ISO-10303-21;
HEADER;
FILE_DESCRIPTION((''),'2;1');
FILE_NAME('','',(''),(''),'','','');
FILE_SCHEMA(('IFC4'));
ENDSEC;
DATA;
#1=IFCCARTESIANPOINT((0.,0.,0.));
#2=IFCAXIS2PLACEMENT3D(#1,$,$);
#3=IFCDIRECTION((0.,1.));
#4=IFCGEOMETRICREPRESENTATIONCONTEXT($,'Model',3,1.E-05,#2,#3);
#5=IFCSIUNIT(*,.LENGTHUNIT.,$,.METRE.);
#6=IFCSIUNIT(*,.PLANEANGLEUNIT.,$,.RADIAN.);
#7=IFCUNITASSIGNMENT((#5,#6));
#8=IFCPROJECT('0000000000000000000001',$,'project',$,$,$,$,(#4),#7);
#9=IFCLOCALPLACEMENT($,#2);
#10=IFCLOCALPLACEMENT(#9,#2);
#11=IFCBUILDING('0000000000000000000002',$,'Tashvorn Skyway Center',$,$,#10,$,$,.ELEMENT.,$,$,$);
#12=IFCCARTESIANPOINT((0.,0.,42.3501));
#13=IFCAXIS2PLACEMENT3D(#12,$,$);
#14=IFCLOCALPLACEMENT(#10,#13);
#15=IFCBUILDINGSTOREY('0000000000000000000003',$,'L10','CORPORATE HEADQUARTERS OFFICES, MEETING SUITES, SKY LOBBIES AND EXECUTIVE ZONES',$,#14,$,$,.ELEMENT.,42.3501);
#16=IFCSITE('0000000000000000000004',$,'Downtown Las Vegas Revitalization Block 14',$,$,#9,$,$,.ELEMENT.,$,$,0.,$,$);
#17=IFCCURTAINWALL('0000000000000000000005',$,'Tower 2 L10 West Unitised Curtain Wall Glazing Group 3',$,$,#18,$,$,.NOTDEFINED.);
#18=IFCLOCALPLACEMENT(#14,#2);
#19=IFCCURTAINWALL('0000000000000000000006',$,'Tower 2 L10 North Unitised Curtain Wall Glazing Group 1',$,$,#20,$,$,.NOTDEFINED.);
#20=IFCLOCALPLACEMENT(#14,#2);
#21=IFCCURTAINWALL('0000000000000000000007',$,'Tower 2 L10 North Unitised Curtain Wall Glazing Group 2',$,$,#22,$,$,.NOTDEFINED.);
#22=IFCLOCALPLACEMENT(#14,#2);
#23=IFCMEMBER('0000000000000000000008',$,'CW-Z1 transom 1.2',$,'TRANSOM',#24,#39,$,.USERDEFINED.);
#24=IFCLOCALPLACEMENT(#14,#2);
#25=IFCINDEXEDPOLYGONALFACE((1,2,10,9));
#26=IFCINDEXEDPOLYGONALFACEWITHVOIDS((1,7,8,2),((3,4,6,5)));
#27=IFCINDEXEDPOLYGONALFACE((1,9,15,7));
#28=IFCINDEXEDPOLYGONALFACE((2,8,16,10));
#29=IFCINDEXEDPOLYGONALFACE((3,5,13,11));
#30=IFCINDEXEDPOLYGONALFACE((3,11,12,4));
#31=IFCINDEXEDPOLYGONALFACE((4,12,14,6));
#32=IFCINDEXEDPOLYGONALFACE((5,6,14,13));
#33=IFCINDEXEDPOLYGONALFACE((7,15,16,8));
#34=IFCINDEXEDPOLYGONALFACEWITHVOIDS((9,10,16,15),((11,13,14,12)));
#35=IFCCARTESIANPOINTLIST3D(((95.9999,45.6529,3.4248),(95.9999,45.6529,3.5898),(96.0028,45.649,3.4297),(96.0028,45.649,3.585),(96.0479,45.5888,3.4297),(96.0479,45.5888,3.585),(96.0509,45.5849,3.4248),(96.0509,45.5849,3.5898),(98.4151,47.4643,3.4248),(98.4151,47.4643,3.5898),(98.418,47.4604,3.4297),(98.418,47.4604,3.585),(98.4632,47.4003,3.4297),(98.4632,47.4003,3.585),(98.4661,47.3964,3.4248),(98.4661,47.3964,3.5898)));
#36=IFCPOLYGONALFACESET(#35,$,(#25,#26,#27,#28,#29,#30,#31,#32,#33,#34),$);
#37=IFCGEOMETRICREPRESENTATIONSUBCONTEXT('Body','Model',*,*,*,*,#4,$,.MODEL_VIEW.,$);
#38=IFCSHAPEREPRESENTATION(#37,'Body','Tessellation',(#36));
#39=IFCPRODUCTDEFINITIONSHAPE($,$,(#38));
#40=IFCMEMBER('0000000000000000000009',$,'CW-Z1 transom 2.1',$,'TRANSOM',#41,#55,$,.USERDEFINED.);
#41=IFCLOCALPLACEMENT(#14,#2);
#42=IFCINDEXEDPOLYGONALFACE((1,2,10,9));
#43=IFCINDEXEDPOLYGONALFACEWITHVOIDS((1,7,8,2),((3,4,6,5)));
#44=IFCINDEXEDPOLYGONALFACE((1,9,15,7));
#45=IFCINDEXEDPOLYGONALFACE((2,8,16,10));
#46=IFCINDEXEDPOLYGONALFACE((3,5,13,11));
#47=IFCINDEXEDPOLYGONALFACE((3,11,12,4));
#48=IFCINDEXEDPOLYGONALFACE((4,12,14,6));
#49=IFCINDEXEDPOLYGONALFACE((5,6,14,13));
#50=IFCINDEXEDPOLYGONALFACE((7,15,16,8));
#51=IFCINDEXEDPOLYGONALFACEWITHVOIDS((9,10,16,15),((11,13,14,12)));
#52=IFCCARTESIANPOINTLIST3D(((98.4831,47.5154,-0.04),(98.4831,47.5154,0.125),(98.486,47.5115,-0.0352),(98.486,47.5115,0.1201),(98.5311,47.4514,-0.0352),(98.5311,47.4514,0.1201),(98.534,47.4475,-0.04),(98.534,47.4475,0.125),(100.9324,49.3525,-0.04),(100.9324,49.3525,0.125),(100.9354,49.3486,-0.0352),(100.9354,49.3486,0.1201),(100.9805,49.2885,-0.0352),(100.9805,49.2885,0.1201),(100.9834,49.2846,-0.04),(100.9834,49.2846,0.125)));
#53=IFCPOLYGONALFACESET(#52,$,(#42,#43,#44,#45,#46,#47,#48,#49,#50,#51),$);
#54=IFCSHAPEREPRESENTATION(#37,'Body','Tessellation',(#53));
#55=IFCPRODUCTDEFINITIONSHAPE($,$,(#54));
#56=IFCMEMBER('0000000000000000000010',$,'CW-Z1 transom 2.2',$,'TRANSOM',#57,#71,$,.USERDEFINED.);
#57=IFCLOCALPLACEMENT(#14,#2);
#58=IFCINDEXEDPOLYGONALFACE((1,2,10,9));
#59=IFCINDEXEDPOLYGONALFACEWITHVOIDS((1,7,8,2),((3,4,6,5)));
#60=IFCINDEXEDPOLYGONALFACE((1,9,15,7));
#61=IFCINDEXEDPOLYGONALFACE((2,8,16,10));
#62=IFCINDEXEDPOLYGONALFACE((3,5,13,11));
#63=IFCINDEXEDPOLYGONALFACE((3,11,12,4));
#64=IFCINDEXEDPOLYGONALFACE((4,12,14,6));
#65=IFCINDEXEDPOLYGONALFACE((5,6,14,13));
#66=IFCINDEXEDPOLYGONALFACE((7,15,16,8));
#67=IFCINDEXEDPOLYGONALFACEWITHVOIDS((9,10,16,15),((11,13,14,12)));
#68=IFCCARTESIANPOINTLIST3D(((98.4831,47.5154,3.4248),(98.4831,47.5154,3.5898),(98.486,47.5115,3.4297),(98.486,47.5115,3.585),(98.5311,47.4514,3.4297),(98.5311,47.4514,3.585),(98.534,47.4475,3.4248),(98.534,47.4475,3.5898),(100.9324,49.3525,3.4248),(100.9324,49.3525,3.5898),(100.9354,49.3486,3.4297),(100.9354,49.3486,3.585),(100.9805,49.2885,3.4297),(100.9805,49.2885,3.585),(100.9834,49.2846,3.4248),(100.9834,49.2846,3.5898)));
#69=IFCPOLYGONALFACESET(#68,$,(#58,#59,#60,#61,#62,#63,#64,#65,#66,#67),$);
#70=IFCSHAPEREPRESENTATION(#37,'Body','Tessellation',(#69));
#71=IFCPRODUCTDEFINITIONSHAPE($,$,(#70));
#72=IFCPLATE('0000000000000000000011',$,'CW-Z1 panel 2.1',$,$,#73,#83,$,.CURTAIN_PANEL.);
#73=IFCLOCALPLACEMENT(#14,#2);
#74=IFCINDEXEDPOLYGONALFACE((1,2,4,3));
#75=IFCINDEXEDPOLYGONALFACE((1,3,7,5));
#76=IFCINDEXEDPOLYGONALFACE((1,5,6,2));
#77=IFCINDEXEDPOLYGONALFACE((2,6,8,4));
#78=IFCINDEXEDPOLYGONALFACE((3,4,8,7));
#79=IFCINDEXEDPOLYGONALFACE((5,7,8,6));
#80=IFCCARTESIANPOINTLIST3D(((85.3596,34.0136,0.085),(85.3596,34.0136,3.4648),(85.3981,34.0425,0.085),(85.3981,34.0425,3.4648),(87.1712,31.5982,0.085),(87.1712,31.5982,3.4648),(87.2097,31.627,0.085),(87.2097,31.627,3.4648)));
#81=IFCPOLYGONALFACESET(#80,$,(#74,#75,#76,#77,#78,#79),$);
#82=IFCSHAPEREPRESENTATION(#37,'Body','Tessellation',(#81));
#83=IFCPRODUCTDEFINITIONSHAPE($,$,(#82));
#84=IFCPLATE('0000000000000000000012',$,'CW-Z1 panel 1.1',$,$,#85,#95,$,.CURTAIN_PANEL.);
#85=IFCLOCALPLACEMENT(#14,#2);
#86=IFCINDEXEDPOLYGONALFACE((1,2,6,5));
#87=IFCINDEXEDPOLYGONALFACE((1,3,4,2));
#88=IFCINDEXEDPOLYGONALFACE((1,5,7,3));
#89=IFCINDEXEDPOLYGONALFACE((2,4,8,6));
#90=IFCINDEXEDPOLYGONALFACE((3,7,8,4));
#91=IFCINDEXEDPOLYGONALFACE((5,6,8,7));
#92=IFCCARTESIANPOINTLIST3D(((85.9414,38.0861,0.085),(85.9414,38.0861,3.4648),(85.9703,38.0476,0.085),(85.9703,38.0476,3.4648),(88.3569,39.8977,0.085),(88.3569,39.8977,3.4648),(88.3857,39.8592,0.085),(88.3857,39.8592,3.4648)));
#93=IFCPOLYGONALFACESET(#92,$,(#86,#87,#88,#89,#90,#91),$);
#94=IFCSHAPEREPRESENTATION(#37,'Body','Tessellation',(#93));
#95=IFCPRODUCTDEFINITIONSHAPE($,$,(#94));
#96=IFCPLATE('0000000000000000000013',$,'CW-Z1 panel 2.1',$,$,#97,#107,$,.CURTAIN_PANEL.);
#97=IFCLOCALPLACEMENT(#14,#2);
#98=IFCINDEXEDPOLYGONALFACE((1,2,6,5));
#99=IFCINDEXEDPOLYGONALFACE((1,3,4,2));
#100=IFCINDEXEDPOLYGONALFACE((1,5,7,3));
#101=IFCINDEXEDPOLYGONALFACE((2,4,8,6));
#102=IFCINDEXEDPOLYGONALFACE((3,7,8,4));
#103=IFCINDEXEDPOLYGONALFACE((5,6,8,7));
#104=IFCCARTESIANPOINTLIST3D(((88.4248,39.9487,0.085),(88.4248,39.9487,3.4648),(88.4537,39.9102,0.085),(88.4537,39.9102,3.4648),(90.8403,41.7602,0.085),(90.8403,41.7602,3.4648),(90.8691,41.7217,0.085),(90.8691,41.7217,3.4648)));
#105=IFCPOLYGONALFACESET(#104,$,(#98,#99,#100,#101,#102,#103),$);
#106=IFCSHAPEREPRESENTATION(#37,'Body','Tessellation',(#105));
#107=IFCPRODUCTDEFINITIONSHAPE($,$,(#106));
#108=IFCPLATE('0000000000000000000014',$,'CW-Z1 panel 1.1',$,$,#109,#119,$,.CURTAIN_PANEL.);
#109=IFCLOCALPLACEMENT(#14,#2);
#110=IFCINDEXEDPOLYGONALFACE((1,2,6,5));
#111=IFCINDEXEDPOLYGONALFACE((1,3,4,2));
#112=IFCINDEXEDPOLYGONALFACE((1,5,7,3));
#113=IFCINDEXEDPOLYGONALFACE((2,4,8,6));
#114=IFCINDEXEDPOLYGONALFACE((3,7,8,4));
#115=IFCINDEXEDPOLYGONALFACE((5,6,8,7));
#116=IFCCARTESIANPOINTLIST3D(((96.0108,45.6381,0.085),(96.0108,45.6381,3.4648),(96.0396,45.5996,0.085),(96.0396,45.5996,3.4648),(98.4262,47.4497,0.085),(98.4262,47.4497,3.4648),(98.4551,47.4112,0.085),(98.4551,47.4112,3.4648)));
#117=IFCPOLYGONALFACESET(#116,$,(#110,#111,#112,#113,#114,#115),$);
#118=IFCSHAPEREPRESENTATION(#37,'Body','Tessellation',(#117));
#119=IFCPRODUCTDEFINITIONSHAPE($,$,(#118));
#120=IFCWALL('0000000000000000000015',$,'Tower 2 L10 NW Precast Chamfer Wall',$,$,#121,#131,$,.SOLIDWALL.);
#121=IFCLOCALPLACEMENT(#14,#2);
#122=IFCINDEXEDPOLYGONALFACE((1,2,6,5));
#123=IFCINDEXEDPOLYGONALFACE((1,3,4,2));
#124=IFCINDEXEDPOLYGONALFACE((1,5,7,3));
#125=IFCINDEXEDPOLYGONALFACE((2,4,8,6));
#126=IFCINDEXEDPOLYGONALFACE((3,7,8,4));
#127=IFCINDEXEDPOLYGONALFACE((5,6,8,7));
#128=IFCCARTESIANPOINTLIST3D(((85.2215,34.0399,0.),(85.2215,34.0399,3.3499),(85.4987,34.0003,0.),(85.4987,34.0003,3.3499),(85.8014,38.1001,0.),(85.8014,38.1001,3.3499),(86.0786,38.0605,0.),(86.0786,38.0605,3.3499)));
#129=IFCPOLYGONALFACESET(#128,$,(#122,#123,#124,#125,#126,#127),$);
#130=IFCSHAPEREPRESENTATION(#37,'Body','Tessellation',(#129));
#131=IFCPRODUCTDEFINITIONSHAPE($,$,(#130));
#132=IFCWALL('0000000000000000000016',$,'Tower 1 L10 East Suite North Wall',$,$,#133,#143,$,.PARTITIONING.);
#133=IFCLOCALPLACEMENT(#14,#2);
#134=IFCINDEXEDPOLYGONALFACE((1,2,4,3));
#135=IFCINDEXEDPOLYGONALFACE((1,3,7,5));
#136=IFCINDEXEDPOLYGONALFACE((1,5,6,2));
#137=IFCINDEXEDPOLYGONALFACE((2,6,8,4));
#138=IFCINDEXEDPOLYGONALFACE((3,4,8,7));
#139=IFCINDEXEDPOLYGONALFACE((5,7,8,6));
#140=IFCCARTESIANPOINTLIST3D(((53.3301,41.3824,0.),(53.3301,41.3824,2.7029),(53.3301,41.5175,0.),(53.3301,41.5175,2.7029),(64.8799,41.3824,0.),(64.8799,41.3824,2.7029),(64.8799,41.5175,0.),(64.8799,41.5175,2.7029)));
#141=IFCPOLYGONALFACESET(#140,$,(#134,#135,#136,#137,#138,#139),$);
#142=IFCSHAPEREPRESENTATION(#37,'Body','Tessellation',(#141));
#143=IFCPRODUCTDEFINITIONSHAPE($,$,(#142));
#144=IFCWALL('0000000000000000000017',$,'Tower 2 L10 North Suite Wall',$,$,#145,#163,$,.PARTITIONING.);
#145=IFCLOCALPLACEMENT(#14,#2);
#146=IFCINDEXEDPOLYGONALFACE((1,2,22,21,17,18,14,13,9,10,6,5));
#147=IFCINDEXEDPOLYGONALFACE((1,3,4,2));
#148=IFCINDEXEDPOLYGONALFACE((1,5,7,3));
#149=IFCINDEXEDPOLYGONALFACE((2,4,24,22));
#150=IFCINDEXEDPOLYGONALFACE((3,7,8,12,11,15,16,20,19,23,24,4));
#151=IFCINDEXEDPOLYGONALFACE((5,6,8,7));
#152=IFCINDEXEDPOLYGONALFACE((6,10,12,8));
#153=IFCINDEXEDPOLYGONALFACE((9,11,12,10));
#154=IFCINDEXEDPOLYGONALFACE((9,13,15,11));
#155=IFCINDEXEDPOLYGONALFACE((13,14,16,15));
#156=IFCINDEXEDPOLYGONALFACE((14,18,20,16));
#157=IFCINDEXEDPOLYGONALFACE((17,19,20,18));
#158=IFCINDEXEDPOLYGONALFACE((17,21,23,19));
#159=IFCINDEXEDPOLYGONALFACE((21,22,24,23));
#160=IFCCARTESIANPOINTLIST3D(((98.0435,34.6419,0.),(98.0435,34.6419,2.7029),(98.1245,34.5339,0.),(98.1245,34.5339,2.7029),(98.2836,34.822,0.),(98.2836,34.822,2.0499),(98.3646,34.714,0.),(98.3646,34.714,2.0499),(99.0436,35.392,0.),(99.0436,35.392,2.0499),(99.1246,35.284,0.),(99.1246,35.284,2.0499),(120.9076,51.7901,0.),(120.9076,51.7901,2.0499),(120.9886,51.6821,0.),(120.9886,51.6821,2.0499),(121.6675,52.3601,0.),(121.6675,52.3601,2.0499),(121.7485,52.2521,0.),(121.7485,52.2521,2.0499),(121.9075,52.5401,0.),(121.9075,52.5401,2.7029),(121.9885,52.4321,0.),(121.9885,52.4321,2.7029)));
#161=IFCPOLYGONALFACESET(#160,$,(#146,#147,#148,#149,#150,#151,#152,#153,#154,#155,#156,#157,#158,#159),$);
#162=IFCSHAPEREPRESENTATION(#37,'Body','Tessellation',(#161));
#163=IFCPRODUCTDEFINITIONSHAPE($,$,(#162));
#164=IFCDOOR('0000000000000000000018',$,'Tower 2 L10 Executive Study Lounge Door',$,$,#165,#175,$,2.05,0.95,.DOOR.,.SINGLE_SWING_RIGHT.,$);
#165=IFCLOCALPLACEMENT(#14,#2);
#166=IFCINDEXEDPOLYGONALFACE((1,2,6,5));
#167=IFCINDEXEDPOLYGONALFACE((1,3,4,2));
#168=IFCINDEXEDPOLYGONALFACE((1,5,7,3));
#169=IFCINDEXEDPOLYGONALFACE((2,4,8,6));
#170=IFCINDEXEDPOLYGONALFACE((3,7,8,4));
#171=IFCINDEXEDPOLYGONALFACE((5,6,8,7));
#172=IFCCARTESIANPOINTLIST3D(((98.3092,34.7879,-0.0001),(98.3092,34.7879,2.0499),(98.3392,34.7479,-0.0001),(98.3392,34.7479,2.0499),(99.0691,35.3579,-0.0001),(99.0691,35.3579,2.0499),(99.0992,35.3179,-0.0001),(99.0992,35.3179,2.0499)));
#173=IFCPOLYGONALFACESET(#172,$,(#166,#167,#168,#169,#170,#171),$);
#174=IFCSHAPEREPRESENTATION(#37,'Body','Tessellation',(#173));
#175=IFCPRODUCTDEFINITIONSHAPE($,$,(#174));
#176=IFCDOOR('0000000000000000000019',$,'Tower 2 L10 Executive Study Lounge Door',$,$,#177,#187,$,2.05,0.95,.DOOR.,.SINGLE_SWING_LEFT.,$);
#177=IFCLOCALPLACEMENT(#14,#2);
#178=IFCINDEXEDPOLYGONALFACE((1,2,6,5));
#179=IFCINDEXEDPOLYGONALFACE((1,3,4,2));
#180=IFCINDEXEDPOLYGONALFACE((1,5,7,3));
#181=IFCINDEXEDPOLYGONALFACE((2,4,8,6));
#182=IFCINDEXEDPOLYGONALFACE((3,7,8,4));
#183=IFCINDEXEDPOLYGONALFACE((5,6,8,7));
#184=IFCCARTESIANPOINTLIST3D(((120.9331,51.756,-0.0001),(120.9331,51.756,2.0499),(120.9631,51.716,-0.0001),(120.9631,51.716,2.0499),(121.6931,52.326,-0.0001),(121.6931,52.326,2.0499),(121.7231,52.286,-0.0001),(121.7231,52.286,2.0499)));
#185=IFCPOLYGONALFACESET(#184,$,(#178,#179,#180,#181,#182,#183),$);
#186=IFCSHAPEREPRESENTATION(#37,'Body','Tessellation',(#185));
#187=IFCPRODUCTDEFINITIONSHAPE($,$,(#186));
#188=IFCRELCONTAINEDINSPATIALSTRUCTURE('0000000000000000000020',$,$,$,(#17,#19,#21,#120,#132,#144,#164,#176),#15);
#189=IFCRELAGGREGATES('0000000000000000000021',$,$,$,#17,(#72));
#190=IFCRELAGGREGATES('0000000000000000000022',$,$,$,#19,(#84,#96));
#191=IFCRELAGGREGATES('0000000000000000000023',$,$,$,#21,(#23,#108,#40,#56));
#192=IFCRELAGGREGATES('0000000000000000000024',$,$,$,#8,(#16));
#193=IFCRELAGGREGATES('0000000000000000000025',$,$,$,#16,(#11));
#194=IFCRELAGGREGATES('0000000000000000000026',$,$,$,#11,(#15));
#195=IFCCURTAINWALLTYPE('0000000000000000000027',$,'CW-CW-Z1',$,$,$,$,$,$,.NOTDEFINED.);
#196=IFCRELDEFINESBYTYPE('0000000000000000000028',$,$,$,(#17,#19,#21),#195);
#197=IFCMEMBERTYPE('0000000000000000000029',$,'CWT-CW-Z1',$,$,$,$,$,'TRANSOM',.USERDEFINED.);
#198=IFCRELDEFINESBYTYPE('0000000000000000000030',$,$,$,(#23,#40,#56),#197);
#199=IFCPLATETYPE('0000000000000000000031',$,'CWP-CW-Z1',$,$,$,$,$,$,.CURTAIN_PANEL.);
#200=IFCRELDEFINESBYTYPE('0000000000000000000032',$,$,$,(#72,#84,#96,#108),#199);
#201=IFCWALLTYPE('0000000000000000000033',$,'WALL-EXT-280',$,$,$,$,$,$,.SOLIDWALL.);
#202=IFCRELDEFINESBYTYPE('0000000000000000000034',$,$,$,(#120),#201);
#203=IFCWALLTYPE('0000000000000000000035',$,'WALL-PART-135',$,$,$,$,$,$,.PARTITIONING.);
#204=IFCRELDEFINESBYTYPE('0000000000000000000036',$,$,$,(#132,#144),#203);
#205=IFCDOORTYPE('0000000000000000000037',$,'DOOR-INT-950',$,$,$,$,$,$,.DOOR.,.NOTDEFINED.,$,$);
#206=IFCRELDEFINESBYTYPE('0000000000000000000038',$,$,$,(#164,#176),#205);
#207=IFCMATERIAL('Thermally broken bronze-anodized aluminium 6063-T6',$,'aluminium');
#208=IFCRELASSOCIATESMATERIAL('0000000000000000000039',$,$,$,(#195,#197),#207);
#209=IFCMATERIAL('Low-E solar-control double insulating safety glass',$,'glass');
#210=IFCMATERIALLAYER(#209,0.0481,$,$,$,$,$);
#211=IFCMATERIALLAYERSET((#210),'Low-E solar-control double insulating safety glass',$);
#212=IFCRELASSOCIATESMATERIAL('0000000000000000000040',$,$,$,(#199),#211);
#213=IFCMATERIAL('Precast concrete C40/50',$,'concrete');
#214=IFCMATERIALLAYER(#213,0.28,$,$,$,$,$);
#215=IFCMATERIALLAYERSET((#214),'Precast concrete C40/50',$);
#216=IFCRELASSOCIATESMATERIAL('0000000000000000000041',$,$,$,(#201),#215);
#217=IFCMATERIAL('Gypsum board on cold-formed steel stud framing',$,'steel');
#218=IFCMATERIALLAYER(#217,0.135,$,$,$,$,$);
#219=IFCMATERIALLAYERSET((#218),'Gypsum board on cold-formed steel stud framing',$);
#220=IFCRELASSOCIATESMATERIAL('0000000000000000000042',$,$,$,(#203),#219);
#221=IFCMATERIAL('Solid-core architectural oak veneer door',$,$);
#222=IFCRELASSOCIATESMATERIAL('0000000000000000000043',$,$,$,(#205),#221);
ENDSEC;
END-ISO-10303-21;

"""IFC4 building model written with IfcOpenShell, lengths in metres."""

from ifc_helpers import new_model, si_unit, direction, frame, frame_2d, origin, origin_2d, place, context, subcontext, project, spatial, rectangle, hollow_rectangle, extrude, material, layer, layer_set, material_profile, profile_set, type_object, element, fill, aggregate, save


model = new_model("IFC4")

# Units and contexts
model_context = context("Model", 3, precision=1e-05, world=origin(), true_north=direction((0.0, 1.0)))
body_context = subcontext(model_context, "Body", "Model", "MODEL_VIEW")
ifc_project = project(units=[si_unit("LENGTHUNIT", "METRE"), si_unit("PLANEANGLEUNIT", "RADIAN")], contexts=[model_context])

# Site, building, storey
site_placement = place(None, origin())
site = spatial("IfcSite", under=ifc_project, at=site_placement, Name="Downtown Las Vegas Revitalization Block 14", CompositionType="ELEMENT", RefElevation=0.0)
building_placement = place(site_placement, origin())
building = spatial("IfcBuilding", under=site, at=building_placement, Name="Tashvorn Skyway Center", CompositionType="ELEMENT")
storey_placement = place(building_placement, frame((0.0, 0.0, 42.3501)))
storey = spatial("IfcBuildingStorey", under=building, at=storey_placement, Name="L10", Description="CORPORATE HEADQUARTERS OFFICES, MEETING SUITES, SKY LOBBIES AND EXECUTIVE ZONES", CompositionType="ELEMENT", Elevation=42.3501)

# Curtain walls
ifc_material_1 = material(Name="Thermally broken bronze-anodized aluminium 6063-T6", Category="aluminium")
curtain_wall_type = type_object("IfcCurtainWallType", Name="CW-CW-Z1", PredefinedType="NOTDEFINED", material=ifc_material_1)
curtain_wall_1_placement = place(storey_placement, origin())
curtain_wall_1 = element("IfcCurtainWall", 1, at=curtain_wall_1_placement, inside=storey, type_object=curtain_wall_type, Name="Tower 2 L10 West Unitised Curtain Wall Glazing Group 3", PredefinedType="NOTDEFINED")
curtain_wall_2_placement = place(storey_placement, origin())
curtain_wall_2 = element("IfcCurtainWall", 2, at=curtain_wall_2_placement, inside=storey, type_object=curtain_wall_type, Name="Tower 2 L10 North Unitised Curtain Wall Glazing Group 1", PredefinedType="NOTDEFINED")
curtain_wall_3_placement = place(storey_placement, origin())
curtain_wall_3 = element("IfcCurtainWall", 3, at=curtain_wall_3_placement, inside=storey, type_object=curtain_wall_type, Name="Tower 2 L10 North Unitised Curtain Wall Glazing Group 2", PredefinedType="NOTDEFINED")

# Members
ifc_material_profile_1 = material_profile(ifc_material_1, hollow_rectangle(XDim=0.085, YDim=0.165, WallThickness=0.0049, at=origin_2d()), Name="ALU-TRAN-85x165")
ifc_profile_set_1 = profile_set([ifc_material_profile_1], Name="Thermally broken bronze-anodized aluminium 6063-T6")
member_type_1 = type_object("IfcMemberType", Name="CWT-CW-Z1", ElementType="TRANSOM", PredefinedType="USERDEFINED", material=ifc_profile_set_1)
member_1_placement = place(storey_placement, frame((96.0254, 45.6189, 3.5073), z_axis=(0.79999, 0.600013, 0.0), x_axis=(-0.600013, 0.79999, 0.0)))
member_1 = element("IfcMember", 4, at=member_1_placement, type_object=member_type_1, Name="CW-Z1 transom 1.2", ObjectType="TRANSOM", PredefinedType="USERDEFINED", context=body_context, shape_type="SweptSolid", body=[
    extrude(hollow_rectangle(XDim=0.085, YDim=0.165, WallThickness=0.0049, at=origin_2d()), origin(), (0.0, 0.0, 1.0), 3.019),
])
member_2_placement = place(storey_placement, frame((98.5085, 47.4814, 0.0425), z_axis=(0.79999, 0.600013, 0.0), x_axis=(-0.600013, 0.79999, 0.0)))
member_2 = element("IfcMember", 5, at=member_2_placement, type_object=member_type_1, Name="CW-Z1 transom 2.1", ObjectType="TRANSOM", PredefinedType="USERDEFINED", context=body_context, shape_type="SweptSolid", body=[
    extrude(hollow_rectangle(XDim=0.085, YDim=0.165, WallThickness=0.0049, at=origin_2d()), origin(), (0.0, 0.0, 1.0), 3.0618),
])
member_3_placement = place(storey_placement, frame((98.5085, 47.4814, 3.5073), z_axis=(0.79999, 0.600013, 0.0), x_axis=(-0.600013, 0.79999, 0.0)))
member_3 = element("IfcMember", 6, at=member_3_placement, type_object=member_type_1, Name="CW-Z1 transom 2.2", ObjectType="TRANSOM", PredefinedType="USERDEFINED", context=body_context, shape_type="SweptSolid", body=[
    extrude(hollow_rectangle(XDim=0.085, YDim=0.165, WallThickness=0.0049, at=origin_2d()), origin(), (0.0, 0.0, 1.0), 3.0618),
])

# Plates
ifc_material_2 = material(Name="Low-E solar-control double insulating safety glass", Category="glass")
ifc_layer_1 = layer(ifc_material_2, 0.0481)
ifc_layer_set_1 = layer_set([ifc_layer_1], Name="Low-E solar-control double insulating safety glass")
plate_type = type_object("IfcPlateType", Name="CWP-CW-Z1", PredefinedType="CURTAIN_PANEL", material=ifc_layer_set_1)
plate_1_placement = place(storey_placement, frame((86.2847, 32.8203, 0.085), z_axis=(0.0, 0.0, 1.0), x_axis=(-0.599997, 0.800002, 0.0)))
plate_1 = element("IfcPlate", 7, at=plate_1_placement, type_object=plate_type, Name="CW-Z1 panel 2.1", PredefinedType="CURTAIN_PANEL", context=body_context, shape_type="SweptSolid", body=[
    extrude(rectangle(XDim=3.0193, YDim=0.0481, at=origin_2d()), origin(), (0.0, 0.0, 1.0), 3.3799),
])
aggregate(curtain_wall_1, [plate_1])
plate_2_placement = place(storey_placement, frame((87.1636, 38.9727, 0.085), z_axis=(0.0, 0.0, 1.0), x_axis=(0.800002, 0.599997, 0.0)))
plate_2 = element("IfcPlate", 8, at=plate_2_placement, type_object=plate_type, Name="CW-Z1 panel 1.1", PredefinedType="CURTAIN_PANEL", context=body_context, shape_type="SweptSolid", body=[
    extrude(rectangle(XDim=3.0193, YDim=0.0481, at=origin_2d()), origin(), (0.0, 0.0, 1.0), 3.3799),
])
plate_3_placement = place(storey_placement, frame((89.647, 40.8352, 0.085), z_axis=(0.0, 0.0, 1.0), x_axis=(0.800002, 0.599997, 0.0)))
plate_3 = element("IfcPlate", 9, at=plate_3_placement, type_object=plate_type, Name="CW-Z1 panel 2.1", PredefinedType="CURTAIN_PANEL", context=body_context, shape_type="SweptSolid", body=[
    extrude(rectangle(XDim=3.0193, YDim=0.0481, at=origin_2d()), origin(), (0.0, 0.0, 1.0), 3.3799),
])
aggregate(curtain_wall_2, [plate_2, plate_3])
plate_4_placement = place(storey_placement, frame((97.2329, 46.5247, 0.085), z_axis=(0.0, 0.0, 1.0), x_axis=(0.800002, 0.599997, 0.0)))
plate_4 = element("IfcPlate", 10, at=plate_4_placement, type_object=plate_type, Name="CW-Z1 panel 1.1", PredefinedType="CURTAIN_PANEL", context=body_context, shape_type="SweptSolid", body=[
    extrude(rectangle(XDim=3.0193, YDim=0.0481, at=origin_2d()), origin(), (0.0, 0.0, 1.0), 3.3799),
])
aggregate(curtain_wall_3, [member_1, plate_4, member_2, member_3])

# Walls
ifc_material_3 = material(Name="Precast concrete C40/50", Category="concrete")
ifc_layer_2 = layer(ifc_material_3, 0.28)
ifc_layer_set_2 = layer_set([ifc_layer_2], Name="Precast concrete C40/50")
wall_type_1 = type_object("IfcWallType", Name="WALL-EXT-280", PredefinedType="SOLIDWALL", material=ifc_layer_set_2)
wall_1_placement = place(storey_placement, frame((85.3601, 34.02, 0.0), z_axis=(0.0, 0.0, 1.0), x_axis=(0.14138, 0.989955, 0.0)))
element("IfcWall", 11, at=wall_1_placement, inside=storey, type_object=wall_type_1, Name="Tower 2 L10 NW Precast Chamfer Wall", PredefinedType="SOLIDWALL", context=body_context, shape_type="SweptSolid", body=[
    extrude(rectangle(XDim=4.1013, YDim=0.28, at=frame_2d((2.0508, 0.0))), origin(), (0.0, 0.0, 1.0), 3.3499),
])
ifc_material_4 = material(Name="Gypsum board on cold-formed steel stud framing", Category="steel")
ifc_layer_3 = layer(ifc_material_4, 0.135)
ifc_layer_set_3 = layer_set([ifc_layer_3], Name="Gypsum board on cold-formed steel stud framing")
wall_type_2 = type_object("IfcWallType", Name="WALL-PART-135", PredefinedType="PARTITIONING", material=ifc_layer_set_3)
wall_2_placement = place(storey_placement, frame((64.8799, 41.45, 0.0), z_axis=(0.0, 0.0, 1.0), x_axis=(-1.0, 0.0, 0.0)))
element("IfcWall", 12, at=wall_2_placement, inside=storey, type_object=wall_type_2, Name="Tower 1 L10 East Suite North Wall", PredefinedType="PARTITIONING", context=body_context, shape_type="SweptSolid", body=[
    extrude(rectangle(XDim=11.5498, YDim=0.135, at=frame_2d((5.7749, 0.0))), origin(), (0.0, 0.0, 1.0), 2.7029),
])

# Wall, openings, doors
wall_3_placement = place(storey_placement, frame((98.084, 34.5879, 0.0), z_axis=(0.0, 0.0, 1.0), x_axis=(0.799997, 0.600004, 0.0)))
wall_3 = element("IfcWall", 13, at=wall_3_placement, inside=storey, type_object=wall_type_2, Name="Tower 2 L10 North Suite Wall", PredefinedType="PARTITIONING", context=body_context, shape_type="SweptSolid", body=[
    extrude(rectangle(XDim=29.8301, YDim=0.135, at=frame_2d((14.915, 0.0))), origin(), (0.0, 0.0, 1.0), 2.7029),
])
opening_1_placement = place(wall_3_placement, frame((0.3, 0.0, 0.0)))
opening_1 = element("IfcOpeningElement", 14, at=opening_1_placement, cuts=wall_3, PredefinedType="OPENING", context=body_context, shape_type="SweptSolid", body=[
    extrude(rectangle(XDim=0.95, YDim=2.05, at=frame_2d((0.4751, 1.0249))), frame((0.0, 0.0774, 0.0), z_axis=(0.0, -1.0, 0.0), x_axis=(1.0, 0.0, 0.0)), (0.0, 0.0, 1.0), 0.155),
])
opening_2_placement = place(wall_3_placement, frame((28.5801, 0.0, 0.0)))
opening_2 = element("IfcOpeningElement", 15, at=opening_2_placement, cuts=wall_3, PredefinedType="OPENING", context=body_context, shape_type="SweptSolid", body=[
    extrude(rectangle(XDim=0.95, YDim=2.05, at=frame_2d((0.4751, 1.0249))), frame((0.0, 0.0774, 0.0), z_axis=(0.0, -1.0, 0.0), x_axis=(1.0, 0.0, 0.0)), (0.0, 0.0, 1.0), 0.155),
])
ifc_material_5 = material(Name="Solid-core architectural oak veneer door")
door_type = type_object("IfcDoorType", Name="DOOR-INT-950", OperationType="NOTDEFINED", PredefinedType="DOOR", material=ifc_material_5)
door_1_placement = place(opening_1_placement, origin())
door_1 = element("IfcDoor", 16, at=door_1_placement, inside=storey, type_object=door_type, Name="Tower 2 L10 Executive Study Lounge Door", OperationType="SINGLE_SWING_RIGHT", OverallHeight=2.05, OverallWidth=0.95, PredefinedType="DOOR", context=body_context, shape_type="SweptSolid", body=[
    extrude(rectangle(XDim=0.95, YDim=2.05, at=frame_2d((0.4751, 1.0249))), frame((0.0, 0.0249, 0.0), z_axis=(0.0, -1.0, 0.0), x_axis=(1.0, 0.0, 0.0)), (0.0, 0.0, 1.0), 0.05),
])
fill(opening_1, door_1)
door_2_placement = place(opening_2_placement, origin())
door_2 = element("IfcDoor", 17, at=door_2_placement, inside=storey, type_object=door_type, Name="Tower 2 L10 Executive Study Lounge Door", OperationType="SINGLE_SWING_LEFT", OverallHeight=2.05, OverallWidth=0.95, PredefinedType="DOOR", context=body_context, shape_type="SweptSolid", body=[
    extrude(rectangle(XDim=0.95, YDim=2.05, at=frame_2d((0.4751, 1.0249))), frame((0.0, 0.0249, 0.0), z_axis=(0.0, -1.0, 0.0), x_axis=(1.0, 0.0, 0.0)), (0.0, 0.0, 1.0), 0.05),
])
fill(opening_2, door_2)

save(model, "model.ifc")
